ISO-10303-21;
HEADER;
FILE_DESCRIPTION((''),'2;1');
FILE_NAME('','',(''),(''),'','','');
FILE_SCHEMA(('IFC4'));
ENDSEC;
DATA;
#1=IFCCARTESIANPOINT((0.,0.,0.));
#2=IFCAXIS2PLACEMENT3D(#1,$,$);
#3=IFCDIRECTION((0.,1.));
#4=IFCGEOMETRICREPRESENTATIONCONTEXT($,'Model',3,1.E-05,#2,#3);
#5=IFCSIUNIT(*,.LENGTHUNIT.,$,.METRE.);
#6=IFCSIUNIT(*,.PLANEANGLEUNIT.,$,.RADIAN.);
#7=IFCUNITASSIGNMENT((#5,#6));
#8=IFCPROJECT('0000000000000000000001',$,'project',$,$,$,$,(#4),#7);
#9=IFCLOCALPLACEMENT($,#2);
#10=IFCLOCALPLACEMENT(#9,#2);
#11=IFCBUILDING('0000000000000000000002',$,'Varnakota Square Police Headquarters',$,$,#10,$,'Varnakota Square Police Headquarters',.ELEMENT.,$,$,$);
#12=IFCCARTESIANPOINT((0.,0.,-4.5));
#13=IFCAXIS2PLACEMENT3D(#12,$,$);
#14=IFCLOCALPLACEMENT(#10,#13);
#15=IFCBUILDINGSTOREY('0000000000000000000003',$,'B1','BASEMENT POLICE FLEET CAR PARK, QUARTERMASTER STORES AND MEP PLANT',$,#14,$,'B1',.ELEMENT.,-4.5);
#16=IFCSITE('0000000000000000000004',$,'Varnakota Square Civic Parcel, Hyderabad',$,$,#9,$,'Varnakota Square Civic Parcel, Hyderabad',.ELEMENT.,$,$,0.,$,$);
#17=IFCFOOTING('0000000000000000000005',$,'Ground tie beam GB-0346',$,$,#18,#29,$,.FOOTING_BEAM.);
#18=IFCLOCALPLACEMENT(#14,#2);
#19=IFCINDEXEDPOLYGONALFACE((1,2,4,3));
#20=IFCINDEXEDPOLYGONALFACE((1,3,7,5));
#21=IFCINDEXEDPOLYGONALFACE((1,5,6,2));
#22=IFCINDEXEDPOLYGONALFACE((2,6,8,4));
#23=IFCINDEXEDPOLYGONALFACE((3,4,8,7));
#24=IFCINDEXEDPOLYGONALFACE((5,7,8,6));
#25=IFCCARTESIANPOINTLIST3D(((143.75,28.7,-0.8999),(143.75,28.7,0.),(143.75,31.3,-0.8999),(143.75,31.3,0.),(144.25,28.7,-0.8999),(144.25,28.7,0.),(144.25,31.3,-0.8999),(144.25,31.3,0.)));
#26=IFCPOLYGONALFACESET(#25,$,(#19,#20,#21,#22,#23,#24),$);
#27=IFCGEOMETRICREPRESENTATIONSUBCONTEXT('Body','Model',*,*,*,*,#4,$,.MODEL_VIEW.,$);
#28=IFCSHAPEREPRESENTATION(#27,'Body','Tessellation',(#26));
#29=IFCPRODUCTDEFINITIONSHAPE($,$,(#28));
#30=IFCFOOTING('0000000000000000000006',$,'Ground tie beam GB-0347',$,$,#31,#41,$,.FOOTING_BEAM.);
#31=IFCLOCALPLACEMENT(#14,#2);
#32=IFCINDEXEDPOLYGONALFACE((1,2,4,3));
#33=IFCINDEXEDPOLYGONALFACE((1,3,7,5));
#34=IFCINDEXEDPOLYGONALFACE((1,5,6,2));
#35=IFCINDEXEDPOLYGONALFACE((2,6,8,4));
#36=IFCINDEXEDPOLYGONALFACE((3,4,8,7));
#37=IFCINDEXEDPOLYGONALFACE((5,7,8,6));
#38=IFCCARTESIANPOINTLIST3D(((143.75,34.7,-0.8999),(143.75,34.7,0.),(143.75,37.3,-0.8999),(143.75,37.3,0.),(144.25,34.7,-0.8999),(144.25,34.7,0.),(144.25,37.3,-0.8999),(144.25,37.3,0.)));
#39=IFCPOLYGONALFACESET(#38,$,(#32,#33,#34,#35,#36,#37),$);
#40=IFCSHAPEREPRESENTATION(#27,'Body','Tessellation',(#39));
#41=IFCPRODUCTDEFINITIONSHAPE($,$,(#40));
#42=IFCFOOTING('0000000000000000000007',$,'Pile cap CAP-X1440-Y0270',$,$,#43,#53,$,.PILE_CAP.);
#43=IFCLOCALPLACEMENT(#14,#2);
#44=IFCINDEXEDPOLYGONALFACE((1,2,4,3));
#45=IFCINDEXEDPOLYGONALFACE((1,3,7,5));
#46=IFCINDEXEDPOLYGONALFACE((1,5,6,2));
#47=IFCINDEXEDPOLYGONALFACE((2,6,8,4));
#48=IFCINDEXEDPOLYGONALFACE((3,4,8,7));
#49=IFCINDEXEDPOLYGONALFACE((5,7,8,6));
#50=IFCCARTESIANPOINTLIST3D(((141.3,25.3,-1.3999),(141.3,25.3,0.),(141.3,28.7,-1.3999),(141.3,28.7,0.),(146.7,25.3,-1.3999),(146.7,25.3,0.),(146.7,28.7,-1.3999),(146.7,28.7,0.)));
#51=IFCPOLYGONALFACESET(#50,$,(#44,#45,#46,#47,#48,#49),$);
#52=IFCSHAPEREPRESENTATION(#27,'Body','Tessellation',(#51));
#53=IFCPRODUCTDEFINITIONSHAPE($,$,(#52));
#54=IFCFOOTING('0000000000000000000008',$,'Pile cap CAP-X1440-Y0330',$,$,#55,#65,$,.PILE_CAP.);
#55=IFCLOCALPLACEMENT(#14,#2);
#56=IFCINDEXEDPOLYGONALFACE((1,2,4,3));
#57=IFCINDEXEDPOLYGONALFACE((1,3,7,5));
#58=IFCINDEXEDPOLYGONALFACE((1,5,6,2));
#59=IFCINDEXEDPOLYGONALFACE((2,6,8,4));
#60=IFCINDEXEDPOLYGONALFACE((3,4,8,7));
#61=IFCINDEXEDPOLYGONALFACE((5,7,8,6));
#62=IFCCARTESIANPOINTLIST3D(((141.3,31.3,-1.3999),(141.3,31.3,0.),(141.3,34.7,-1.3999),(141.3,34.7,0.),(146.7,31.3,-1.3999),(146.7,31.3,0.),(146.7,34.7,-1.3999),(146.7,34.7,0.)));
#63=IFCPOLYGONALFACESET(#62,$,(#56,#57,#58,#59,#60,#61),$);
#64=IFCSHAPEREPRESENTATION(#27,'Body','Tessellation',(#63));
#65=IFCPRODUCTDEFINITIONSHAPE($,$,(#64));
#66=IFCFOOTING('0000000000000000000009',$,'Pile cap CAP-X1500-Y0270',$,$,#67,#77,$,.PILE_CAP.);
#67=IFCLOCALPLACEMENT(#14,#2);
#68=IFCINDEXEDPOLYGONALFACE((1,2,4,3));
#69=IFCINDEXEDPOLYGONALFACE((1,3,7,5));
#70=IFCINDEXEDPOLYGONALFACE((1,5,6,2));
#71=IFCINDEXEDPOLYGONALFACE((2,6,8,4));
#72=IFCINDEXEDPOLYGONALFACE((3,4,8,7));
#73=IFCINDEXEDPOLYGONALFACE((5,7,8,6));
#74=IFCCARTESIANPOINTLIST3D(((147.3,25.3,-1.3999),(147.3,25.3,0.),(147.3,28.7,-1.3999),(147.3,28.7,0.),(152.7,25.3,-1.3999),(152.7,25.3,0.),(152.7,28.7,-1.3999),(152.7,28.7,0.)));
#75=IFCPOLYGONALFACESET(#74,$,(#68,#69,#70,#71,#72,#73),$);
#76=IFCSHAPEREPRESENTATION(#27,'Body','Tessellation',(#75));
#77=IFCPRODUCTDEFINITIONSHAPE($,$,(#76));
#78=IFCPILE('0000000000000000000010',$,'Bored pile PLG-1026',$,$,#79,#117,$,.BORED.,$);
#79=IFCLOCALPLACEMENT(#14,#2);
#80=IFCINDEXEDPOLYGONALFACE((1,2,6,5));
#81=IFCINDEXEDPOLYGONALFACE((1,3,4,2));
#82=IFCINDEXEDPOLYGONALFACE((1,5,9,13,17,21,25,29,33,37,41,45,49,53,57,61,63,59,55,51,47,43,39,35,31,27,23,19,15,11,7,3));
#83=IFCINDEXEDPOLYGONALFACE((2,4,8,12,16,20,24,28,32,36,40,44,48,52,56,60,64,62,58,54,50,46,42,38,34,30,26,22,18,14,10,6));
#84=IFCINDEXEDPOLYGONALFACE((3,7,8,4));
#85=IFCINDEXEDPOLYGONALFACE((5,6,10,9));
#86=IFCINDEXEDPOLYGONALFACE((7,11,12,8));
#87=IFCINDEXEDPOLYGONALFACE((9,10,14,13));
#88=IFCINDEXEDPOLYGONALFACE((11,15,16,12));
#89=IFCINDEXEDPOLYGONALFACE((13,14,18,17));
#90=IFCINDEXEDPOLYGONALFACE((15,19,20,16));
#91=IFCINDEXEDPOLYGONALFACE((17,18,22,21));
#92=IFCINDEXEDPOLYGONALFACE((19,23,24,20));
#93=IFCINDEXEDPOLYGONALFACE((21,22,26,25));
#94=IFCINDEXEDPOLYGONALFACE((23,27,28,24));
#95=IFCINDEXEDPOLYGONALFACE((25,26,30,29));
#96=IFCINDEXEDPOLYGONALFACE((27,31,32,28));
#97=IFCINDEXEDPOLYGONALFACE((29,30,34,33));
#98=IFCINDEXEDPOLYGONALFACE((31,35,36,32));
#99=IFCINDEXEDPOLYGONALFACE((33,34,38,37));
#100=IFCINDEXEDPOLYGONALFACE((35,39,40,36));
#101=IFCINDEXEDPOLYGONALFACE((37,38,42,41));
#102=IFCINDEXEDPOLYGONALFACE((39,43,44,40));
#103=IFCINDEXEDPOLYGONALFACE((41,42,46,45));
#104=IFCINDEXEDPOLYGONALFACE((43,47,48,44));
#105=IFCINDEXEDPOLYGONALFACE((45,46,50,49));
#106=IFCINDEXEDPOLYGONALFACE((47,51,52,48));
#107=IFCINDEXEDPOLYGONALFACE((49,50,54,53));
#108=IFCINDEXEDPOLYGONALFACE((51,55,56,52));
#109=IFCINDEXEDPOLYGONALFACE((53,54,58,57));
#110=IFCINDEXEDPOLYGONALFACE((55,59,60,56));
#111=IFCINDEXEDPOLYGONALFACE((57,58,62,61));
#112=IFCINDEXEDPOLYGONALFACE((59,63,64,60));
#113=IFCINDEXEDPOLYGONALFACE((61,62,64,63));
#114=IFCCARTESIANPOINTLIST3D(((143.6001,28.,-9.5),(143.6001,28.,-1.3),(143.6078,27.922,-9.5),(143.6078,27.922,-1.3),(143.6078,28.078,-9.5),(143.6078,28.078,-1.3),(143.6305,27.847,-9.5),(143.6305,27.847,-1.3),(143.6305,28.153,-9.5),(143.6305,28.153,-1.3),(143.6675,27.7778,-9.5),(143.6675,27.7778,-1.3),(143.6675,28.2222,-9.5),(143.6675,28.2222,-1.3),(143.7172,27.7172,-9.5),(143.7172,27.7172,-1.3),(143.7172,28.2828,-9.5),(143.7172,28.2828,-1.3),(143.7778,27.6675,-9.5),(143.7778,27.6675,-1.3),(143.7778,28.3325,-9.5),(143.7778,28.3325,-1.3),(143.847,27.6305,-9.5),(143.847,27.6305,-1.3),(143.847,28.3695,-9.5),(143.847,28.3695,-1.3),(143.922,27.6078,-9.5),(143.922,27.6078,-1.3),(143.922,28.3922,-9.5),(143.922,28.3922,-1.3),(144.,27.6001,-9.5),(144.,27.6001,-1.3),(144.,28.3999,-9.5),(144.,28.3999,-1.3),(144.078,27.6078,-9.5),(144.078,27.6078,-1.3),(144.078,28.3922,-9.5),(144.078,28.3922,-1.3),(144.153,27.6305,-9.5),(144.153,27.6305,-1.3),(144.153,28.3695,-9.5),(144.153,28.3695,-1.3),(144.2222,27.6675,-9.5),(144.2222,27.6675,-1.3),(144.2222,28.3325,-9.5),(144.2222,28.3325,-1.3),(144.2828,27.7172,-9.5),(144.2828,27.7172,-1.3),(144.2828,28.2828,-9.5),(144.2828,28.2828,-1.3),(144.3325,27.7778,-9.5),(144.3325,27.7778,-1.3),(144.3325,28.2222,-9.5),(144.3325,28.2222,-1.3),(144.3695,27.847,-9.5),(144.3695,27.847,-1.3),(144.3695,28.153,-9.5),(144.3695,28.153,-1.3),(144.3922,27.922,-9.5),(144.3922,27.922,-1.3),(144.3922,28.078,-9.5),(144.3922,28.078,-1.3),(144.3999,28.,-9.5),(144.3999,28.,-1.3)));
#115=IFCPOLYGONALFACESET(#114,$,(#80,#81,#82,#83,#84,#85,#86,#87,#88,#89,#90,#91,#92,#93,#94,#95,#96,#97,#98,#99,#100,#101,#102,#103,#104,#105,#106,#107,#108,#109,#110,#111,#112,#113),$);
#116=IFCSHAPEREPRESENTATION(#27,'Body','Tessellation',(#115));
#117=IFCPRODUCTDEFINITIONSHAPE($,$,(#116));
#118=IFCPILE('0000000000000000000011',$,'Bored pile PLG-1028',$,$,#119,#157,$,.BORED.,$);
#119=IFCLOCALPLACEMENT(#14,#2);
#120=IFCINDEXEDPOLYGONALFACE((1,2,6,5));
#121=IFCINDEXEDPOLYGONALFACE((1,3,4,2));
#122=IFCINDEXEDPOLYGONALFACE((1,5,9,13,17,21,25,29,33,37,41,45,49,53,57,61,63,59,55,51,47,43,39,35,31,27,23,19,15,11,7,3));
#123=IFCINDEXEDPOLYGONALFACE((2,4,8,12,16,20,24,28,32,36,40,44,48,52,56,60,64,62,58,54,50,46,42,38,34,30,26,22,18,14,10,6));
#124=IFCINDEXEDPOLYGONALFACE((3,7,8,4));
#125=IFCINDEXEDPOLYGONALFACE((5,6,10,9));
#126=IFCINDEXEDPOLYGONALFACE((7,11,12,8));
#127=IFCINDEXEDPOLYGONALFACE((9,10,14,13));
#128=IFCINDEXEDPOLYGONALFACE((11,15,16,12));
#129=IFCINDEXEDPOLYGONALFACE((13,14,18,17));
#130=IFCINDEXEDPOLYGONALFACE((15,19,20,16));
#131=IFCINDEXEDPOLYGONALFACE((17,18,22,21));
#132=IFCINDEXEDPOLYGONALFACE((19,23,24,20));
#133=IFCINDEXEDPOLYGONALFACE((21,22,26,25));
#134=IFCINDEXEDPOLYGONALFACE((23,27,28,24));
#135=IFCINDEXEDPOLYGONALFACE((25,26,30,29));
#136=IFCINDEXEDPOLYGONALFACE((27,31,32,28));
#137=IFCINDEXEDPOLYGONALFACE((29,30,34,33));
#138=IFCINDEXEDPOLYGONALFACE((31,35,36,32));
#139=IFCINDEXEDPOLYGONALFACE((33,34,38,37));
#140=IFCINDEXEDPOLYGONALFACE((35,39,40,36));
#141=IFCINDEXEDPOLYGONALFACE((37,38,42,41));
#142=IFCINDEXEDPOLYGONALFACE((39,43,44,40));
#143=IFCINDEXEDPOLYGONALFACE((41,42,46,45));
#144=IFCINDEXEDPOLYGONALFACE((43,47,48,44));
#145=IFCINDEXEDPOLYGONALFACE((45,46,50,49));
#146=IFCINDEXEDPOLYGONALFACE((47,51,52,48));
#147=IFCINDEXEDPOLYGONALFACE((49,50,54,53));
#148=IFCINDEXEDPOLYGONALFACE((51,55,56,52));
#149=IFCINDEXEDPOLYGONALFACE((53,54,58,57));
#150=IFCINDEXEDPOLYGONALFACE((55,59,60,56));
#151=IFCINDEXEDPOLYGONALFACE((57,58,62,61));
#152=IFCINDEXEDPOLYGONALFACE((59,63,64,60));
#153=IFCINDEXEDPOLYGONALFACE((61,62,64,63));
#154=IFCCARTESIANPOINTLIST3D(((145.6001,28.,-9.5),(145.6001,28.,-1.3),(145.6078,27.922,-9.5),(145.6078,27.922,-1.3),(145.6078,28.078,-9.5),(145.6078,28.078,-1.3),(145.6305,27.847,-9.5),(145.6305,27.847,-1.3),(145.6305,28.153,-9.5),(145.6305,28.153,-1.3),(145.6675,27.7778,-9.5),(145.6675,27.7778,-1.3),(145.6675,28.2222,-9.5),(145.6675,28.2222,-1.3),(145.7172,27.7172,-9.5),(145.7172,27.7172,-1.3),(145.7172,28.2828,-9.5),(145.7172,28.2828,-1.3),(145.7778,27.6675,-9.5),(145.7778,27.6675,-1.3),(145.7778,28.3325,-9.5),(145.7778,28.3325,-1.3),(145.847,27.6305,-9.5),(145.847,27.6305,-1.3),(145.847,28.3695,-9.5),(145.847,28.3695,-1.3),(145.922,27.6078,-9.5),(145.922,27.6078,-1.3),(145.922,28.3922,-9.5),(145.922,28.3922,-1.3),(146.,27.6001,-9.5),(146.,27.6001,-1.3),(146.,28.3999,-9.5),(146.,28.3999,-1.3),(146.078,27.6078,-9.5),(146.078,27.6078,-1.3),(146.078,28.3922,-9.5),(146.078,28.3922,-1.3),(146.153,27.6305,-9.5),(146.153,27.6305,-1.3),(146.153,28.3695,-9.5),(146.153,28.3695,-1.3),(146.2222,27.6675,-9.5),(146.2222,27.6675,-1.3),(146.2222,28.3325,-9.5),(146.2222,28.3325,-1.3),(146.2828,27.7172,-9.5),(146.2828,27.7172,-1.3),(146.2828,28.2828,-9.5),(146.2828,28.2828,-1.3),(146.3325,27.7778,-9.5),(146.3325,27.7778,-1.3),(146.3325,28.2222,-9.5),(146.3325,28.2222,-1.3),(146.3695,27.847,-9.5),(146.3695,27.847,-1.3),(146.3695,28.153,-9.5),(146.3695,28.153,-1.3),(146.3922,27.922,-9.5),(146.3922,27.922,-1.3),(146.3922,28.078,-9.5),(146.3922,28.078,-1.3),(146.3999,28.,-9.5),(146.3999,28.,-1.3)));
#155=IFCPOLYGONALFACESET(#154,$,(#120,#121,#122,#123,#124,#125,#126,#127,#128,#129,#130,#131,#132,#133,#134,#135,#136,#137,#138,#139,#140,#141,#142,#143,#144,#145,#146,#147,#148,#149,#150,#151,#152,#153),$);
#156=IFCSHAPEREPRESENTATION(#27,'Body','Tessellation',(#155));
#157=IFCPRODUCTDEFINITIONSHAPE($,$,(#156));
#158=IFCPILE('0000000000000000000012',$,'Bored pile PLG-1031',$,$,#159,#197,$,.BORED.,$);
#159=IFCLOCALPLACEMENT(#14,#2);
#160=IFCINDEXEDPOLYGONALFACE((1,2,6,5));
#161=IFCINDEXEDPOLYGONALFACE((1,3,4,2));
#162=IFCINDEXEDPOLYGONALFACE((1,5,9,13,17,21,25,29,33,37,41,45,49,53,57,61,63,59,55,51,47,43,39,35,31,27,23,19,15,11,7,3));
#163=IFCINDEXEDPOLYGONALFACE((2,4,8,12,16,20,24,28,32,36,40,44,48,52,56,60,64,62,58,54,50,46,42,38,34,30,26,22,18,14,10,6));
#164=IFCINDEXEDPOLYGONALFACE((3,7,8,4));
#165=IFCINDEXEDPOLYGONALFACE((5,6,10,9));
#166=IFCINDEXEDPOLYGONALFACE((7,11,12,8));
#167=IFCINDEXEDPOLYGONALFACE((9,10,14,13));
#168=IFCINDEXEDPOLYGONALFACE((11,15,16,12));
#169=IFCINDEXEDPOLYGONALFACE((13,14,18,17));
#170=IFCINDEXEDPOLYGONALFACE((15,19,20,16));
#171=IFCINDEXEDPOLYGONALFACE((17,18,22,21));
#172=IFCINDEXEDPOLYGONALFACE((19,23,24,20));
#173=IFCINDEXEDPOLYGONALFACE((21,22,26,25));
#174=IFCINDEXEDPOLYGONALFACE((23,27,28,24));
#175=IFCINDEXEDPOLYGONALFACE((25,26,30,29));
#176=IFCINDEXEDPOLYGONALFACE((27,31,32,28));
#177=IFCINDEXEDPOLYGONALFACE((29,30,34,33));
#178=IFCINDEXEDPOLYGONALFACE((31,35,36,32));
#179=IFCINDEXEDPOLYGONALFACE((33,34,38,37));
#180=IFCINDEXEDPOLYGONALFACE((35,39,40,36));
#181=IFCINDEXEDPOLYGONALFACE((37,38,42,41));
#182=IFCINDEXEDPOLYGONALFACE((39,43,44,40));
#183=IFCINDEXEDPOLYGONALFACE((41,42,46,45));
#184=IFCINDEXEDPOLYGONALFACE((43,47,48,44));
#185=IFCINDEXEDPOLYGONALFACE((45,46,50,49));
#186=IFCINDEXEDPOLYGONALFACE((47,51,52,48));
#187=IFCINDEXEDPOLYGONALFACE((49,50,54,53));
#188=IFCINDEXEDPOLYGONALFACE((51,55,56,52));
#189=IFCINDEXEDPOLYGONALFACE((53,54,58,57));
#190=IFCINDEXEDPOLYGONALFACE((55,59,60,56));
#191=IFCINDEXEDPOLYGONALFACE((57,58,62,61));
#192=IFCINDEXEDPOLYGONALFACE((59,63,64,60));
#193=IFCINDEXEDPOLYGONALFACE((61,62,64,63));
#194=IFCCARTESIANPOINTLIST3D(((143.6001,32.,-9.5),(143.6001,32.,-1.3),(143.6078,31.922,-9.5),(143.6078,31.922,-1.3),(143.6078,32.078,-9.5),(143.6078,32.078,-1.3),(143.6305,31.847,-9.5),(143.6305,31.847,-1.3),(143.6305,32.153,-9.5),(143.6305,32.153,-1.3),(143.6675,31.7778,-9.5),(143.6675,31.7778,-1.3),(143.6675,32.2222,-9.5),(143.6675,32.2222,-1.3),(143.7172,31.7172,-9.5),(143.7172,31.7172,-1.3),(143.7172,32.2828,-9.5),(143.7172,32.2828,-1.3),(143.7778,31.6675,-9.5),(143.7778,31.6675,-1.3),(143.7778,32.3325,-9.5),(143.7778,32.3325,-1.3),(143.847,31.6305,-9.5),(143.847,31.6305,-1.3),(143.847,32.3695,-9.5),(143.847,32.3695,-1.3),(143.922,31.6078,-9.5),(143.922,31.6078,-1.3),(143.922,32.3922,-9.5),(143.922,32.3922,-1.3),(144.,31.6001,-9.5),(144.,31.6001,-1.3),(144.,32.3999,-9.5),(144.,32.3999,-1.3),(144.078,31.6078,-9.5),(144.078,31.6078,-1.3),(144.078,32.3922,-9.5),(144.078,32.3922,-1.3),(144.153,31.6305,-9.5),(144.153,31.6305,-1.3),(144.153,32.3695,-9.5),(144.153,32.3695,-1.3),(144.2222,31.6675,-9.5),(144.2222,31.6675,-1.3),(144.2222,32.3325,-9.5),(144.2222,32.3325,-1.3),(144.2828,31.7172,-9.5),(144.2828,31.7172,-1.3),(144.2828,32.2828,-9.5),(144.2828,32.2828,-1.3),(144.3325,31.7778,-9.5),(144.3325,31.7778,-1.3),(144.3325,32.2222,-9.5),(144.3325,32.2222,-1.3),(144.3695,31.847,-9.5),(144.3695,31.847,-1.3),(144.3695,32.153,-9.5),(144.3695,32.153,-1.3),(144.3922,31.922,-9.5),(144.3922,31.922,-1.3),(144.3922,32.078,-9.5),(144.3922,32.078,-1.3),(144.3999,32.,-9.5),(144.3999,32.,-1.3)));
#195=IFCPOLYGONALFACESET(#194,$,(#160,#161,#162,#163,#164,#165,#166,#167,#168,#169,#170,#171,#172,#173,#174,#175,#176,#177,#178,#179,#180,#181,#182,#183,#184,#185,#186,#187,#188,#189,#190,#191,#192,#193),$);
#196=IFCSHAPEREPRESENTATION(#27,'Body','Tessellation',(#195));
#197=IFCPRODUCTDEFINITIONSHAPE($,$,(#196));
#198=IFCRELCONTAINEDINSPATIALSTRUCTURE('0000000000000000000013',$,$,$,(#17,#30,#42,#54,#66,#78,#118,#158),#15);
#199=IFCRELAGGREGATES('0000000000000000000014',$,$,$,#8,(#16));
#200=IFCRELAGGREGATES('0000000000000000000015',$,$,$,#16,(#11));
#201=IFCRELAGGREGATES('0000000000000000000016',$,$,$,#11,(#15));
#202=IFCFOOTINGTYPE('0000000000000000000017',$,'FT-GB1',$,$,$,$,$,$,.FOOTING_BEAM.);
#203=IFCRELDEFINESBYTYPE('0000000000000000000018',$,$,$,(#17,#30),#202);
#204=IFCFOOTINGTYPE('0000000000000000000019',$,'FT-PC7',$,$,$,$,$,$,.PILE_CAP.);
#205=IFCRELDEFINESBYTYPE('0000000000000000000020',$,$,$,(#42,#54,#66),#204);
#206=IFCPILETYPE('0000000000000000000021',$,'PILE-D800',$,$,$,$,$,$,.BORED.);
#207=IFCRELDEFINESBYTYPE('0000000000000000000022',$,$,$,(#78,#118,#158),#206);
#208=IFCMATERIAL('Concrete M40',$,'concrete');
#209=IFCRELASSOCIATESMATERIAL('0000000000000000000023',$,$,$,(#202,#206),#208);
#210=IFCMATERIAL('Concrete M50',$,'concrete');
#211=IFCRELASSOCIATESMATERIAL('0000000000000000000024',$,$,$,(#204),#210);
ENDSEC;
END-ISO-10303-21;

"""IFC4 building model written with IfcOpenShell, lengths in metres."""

from ifc_helpers import new_model, si_unit, direction, frame, origin, origin_2d, place, context, subcontext, project, spatial, rectangle, circle, extrude, material, material_profile, profile_set, type_object, element, save


model = new_model("IFC4")

# Units and contexts
model_context = context("Model", 3, precision=1e-05, world=origin(), true_north=direction((0.0, 1.0)))
body_context = subcontext(model_context, "Body", "Model", "MODEL_VIEW")
ifc_project = project(units=[si_unit("LENGTHUNIT", "METRE"), si_unit("PLANEANGLEUNIT", "RADIAN")], contexts=[model_context])

# Site, building, storey
site_placement = place(None, origin())
site = spatial("IfcSite", under=ifc_project, at=site_placement, Name="Varnakota Square Civic Parcel, Hyderabad", LongName="Varnakota Square Civic Parcel, Hyderabad", CompositionType="ELEMENT", RefElevation=0.0)
building_placement = place(site_placement, origin())
building = spatial("IfcBuilding", under=site, at=building_placement, Name="Varnakota Square Police Headquarters", LongName="Varnakota Square Police Headquarters", CompositionType="ELEMENT")
storey_placement = place(building_placement, frame((0.0, 0.0, -4.5)))
storey = spatial("IfcBuildingStorey", under=building, at=storey_placement, Name="B1", Description="BASEMENT POLICE FLEET CAR PARK, QUARTERMASTER STORES AND MEP PLANT", LongName="B1", CompositionType="ELEMENT", Elevation=-4.5)

# Footings
ifc_material_1 = material(Name="Concrete M40", Category="concrete")
ifc_material_profile_1 = material_profile(ifc_material_1, rectangle(XDim=0.5, YDim=0.8999, at=origin_2d()), Name="GB 500x900")
ifc_profile_set_1 = profile_set([ifc_material_profile_1], Name="Concrete M40")
footing_type_1 = type_object("IfcFootingType", Name="FT-GB1", PredefinedType="FOOTING_BEAM", material=ifc_profile_set_1)
for number, where, z_axis, x_axis, name in (
    (1, (144.0, 28.7, -0.45), (0.0, 1.0, 0.0), (-1.0, 0.0, 0.0), "Ground tie beam GB-0346"),
    (2, (144.0, 34.7, -0.45), (0.0, 1.0, 0.0), (-1.0, 0.0, 0.0), "Ground tie beam GB-0347"),
):
    element("IfcFooting", number, at=place(storey_placement, frame(where, z_axis=z_axis, x_axis=x_axis)), inside=storey, type_object=footing_type_1, Name=name, PredefinedType="FOOTING_BEAM", context=body_context, shape_type="SweptSolid", body=[
        extrude(rectangle(XDim=0.5, YDim=0.8999, at=origin_2d()), origin(), (0.0, 0.0, 1.0), 2.6001),
    ])
ifc_material_2 = material(Name="Concrete M50", Category="concrete")
footing_type_2 = type_object("IfcFootingType", Name="FT-PC7", PredefinedType="PILE_CAP", material=ifc_material_2)
for number, where, z_axis, x_axis, name in (
    (3, (144.0, 27.0, -1.3999), (0.0, 0.0, 1.0), (1.0, 0.0, 0.0), "Pile cap CAP-X1440-Y0270"),
    (4, (144.0, 33.0, -1.3999), (0.0, 0.0, 1.0), (1.0, 0.0, 0.0), "Pile cap CAP-X1440-Y0330"),
    (5, (150.0, 27.0, -1.3999), (0.0, 0.0, 1.0), (1.0, 0.0, 0.0), "Pile cap CAP-X1500-Y0270"),
):
    element("IfcFooting", number, at=place(storey_placement, frame(where, z_axis=z_axis, x_axis=x_axis)), inside=storey, type_object=footing_type_2, Name=name, PredefinedType="PILE_CAP", context=body_context, shape_type="SweptSolid", body=[
        extrude(rectangle(XDim=5.3999, YDim=3.3999, at=origin_2d()), origin(), (0.0, 0.0, 1.0), 1.3999),
    ])

# Piles
ifc_material_profile_2 = material_profile(ifc_material_1, circle(Radius=0.3999, at=origin_2d()), Name="BORED PILE 800")
ifc_profile_set_2 = profile_set([ifc_material_profile_2], Name="Concrete M40")
pile_type = type_object("IfcPileType", Name="PILE-D800", PredefinedType="BORED", material=ifc_profile_set_2)
for number, where, z_axis, x_axis, name in (
    (6, (144.0, 28.0, -1.3), (0.0, 0.0, -1.0), (1.0, 0.0, 0.0), "Bored pile PLG-1026"),
    (7, (146.0, 28.0, -1.3), (0.0, 0.0, -1.0), (1.0, 0.0, 0.0), "Bored pile PLG-1028"),
    (8, (144.0, 32.0, -1.3), (0.0, 0.0, -1.0), (1.0, 0.0, 0.0), "Bored pile PLG-1031"),
):
    element("IfcPile", number, at=place(storey_placement, frame(where, z_axis=z_axis, x_axis=x_axis)), inside=storey, type_object=pile_type, Name=name, PredefinedType="BORED", context=body_context, shape_type="SweptSolid", body=[
        extrude(circle(Radius=0.3999, at=origin_2d()), origin(), (0.0, 0.0, 1.0), 8.2),
    ])

save(model, "model.ifc")
